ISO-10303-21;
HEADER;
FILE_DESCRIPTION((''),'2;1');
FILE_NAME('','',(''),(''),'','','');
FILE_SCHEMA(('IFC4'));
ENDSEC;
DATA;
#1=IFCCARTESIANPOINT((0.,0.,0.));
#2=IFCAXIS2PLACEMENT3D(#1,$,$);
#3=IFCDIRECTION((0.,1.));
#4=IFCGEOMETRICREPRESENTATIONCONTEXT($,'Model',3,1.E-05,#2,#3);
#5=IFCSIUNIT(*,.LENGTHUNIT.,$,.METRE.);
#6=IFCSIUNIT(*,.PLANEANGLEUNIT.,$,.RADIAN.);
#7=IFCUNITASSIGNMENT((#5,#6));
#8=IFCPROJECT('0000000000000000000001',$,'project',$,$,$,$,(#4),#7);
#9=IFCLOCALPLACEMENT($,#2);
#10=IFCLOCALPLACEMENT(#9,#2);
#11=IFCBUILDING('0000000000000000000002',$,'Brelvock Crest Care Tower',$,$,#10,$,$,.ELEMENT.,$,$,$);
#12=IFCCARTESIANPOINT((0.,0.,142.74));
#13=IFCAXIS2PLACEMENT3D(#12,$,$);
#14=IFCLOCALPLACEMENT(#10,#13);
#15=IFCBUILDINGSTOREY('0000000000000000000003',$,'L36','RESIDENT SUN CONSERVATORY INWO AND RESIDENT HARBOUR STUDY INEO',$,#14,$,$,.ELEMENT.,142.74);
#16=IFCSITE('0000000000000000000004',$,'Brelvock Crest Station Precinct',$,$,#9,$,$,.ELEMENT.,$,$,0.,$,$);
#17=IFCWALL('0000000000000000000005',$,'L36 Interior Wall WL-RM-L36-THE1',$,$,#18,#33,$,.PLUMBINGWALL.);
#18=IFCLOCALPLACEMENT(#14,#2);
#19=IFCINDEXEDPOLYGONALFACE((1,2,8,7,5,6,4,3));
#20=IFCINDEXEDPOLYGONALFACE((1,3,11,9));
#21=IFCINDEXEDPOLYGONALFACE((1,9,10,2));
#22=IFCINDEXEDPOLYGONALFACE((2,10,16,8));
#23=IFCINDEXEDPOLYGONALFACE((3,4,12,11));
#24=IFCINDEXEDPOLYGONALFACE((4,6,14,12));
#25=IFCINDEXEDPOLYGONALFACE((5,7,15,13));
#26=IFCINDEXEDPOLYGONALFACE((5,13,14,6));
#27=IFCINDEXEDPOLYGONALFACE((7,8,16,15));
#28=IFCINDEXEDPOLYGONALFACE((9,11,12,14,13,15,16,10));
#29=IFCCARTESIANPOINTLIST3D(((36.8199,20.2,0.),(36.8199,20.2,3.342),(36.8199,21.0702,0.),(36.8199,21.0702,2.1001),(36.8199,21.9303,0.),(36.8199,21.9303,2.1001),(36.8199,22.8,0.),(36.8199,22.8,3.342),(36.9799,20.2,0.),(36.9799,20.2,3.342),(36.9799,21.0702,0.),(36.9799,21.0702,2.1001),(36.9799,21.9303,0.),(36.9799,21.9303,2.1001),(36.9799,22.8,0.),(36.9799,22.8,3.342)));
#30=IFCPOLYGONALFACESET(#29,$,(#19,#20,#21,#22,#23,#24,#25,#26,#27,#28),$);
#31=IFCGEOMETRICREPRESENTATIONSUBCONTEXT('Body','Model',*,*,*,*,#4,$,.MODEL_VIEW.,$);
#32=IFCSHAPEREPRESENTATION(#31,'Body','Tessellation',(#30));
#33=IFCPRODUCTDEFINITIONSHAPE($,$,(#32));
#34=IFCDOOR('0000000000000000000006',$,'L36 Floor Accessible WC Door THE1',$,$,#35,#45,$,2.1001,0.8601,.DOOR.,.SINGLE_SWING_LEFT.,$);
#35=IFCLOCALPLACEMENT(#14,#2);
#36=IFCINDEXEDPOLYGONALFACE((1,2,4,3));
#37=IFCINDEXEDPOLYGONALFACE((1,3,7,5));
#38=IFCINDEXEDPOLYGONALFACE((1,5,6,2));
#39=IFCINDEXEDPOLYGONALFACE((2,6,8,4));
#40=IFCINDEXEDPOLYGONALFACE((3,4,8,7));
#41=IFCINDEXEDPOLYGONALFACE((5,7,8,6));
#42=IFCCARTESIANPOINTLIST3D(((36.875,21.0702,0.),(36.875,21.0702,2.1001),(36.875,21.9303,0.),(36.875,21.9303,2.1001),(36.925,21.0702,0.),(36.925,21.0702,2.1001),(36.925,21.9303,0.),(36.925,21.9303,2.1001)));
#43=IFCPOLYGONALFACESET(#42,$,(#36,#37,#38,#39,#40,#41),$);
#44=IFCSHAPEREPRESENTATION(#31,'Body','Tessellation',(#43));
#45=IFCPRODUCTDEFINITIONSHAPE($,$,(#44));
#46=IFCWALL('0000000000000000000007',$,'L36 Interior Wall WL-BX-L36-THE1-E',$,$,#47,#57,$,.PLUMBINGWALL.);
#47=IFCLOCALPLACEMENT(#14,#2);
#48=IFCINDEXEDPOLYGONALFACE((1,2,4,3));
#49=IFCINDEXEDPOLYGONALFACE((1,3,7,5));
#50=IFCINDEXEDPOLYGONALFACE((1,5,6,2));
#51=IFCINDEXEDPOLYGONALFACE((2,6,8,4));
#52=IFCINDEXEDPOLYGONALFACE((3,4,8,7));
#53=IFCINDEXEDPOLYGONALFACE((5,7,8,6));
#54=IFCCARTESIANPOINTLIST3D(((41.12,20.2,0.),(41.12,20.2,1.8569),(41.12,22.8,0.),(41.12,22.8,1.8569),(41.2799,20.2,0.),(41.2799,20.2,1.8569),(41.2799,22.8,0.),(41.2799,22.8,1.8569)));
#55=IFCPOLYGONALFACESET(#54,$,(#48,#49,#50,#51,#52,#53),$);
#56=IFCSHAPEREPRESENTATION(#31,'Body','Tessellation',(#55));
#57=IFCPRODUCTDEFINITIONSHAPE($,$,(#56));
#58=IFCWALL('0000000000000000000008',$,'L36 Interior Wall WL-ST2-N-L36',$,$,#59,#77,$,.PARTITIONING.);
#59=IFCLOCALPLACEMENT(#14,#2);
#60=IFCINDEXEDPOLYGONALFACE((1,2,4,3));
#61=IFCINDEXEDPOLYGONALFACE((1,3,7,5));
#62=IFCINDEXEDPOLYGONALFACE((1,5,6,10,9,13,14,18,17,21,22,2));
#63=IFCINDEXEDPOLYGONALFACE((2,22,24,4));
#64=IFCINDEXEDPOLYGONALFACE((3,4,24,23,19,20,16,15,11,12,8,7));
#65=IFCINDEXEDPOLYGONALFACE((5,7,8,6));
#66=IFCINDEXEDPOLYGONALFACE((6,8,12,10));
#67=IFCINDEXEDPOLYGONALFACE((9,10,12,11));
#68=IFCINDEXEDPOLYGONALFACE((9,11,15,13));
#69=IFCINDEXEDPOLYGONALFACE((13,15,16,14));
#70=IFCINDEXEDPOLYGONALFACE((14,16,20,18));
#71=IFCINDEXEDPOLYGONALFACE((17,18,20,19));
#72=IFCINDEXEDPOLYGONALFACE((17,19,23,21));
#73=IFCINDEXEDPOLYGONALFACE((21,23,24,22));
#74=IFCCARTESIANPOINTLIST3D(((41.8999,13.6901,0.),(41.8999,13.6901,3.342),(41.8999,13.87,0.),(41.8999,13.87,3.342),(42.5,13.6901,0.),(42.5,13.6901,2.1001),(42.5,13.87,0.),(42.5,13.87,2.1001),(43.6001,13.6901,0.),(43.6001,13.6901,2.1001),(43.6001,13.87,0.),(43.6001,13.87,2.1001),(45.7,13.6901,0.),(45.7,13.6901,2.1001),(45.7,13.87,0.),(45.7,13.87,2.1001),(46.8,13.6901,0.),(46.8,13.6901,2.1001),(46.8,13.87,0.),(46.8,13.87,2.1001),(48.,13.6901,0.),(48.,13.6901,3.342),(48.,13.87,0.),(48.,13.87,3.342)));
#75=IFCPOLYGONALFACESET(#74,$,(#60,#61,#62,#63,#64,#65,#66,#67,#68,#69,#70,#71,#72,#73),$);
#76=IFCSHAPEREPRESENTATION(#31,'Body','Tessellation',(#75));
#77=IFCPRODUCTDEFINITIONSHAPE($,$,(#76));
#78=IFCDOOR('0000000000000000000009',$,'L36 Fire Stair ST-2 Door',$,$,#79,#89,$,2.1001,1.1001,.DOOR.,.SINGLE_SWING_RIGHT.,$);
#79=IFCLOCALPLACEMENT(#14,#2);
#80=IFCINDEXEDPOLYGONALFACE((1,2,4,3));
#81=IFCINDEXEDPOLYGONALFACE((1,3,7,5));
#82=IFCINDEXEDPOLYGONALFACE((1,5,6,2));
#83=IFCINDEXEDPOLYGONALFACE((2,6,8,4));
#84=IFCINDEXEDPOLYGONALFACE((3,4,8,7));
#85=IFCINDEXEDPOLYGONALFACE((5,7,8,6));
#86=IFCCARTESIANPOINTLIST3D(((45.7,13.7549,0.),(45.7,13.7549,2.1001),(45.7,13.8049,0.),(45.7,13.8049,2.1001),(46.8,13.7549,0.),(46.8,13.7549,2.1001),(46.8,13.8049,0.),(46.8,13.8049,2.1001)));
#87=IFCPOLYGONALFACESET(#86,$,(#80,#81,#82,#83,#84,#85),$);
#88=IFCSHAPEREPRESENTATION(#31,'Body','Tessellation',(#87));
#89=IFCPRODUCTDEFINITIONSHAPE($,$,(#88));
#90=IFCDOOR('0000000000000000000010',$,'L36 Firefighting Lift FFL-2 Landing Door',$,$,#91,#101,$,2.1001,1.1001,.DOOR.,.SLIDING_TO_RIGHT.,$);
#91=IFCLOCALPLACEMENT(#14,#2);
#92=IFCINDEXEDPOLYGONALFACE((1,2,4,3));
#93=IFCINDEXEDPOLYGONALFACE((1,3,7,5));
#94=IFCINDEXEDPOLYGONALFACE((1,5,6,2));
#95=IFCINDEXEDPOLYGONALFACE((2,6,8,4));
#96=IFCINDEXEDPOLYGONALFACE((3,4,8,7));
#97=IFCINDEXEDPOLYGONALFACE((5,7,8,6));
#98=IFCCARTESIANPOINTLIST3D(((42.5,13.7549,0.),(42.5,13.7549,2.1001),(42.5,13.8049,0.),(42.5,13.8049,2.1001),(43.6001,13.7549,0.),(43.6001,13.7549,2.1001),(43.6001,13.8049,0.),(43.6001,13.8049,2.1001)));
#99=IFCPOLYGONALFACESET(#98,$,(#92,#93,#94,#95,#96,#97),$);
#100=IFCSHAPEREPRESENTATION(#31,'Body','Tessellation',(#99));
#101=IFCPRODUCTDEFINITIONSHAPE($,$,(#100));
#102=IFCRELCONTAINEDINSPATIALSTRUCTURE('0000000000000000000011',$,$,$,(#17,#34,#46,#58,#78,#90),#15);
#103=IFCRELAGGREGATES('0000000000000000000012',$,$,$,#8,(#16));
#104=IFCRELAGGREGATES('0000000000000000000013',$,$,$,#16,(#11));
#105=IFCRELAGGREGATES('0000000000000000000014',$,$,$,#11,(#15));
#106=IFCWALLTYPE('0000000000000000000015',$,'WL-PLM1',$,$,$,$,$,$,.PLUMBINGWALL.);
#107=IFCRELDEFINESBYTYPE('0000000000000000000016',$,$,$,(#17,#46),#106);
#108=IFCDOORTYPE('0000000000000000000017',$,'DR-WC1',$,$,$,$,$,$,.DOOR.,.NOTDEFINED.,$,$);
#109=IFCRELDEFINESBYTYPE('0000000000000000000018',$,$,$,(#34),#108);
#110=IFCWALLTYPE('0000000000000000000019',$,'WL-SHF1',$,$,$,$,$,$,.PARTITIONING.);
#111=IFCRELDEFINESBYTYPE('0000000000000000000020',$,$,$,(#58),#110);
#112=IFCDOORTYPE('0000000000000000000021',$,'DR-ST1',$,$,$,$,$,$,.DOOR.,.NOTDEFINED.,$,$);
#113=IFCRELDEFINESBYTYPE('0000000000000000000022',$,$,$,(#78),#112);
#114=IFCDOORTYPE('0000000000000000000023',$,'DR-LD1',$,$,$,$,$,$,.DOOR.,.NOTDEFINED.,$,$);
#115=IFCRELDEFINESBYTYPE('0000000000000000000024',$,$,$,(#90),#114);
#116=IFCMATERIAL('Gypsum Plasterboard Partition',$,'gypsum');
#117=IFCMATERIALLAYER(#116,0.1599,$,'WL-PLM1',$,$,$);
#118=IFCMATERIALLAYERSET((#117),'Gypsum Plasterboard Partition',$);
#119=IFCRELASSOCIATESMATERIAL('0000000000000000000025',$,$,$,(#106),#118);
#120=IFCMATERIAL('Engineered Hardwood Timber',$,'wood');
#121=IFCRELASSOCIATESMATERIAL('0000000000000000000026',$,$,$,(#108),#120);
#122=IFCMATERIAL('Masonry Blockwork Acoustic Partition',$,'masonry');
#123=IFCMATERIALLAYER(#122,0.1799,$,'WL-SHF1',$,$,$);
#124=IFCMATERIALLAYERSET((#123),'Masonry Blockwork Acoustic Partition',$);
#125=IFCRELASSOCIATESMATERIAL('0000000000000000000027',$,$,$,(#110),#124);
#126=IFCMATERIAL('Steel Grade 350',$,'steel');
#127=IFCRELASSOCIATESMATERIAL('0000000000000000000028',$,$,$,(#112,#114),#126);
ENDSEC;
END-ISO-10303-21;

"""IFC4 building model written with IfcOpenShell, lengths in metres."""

from ifc_helpers import new_model, si_unit, direction, frame, frame_2d, origin, origin_2d, place, context, subcontext, project, spatial, rectangle, extrude, source, transform, mapped, material, layer, layer_set, type_object, element, fill, save


model = new_model("IFC4")

# Units and contexts
model_context = context("Model", 3, precision=1e-05, world=origin(), true_north=direction((0.0, 1.0)))
body_context = subcontext(model_context, "Body", "Model", "MODEL_VIEW")
ifc_project = project(units=[si_unit("LENGTHUNIT", "METRE"), si_unit("PLANEANGLEUNIT", "RADIAN")], contexts=[model_context])

# Site, building, storey
site_placement = place(None, origin())
site = spatial("IfcSite", under=ifc_project, at=site_placement, Name="Brelvock Crest Station Precinct", CompositionType="ELEMENT", RefElevation=0.0)
building_placement = place(site_placement, origin())
building = spatial("IfcBuilding", under=site, at=building_placement, Name="Brelvock Crest Care Tower", CompositionType="ELEMENT")
storey_placement = place(building_placement, frame((0.0, 0.0, 142.74)))
storey = spatial("IfcBuildingStorey", under=building, at=storey_placement, Name="L36", Description="RESIDENT SUN CONSERVATORY INWO AND RESIDENT HARBOUR STUDY INEO", CompositionType="ELEMENT", Elevation=142.74)

# Shared definitions
ifc_material_1 = material(Name="Steel Grade 350", Category="steel")

# Shared definitions
ifc_material_2 = material(Name="Masonry Blockwork Acoustic Partition", Category="masonry")

# Shared definitions
ifc_material_3 = material(Name="Engineered Hardwood Timber", Category="wood")

# Shared definitions
ifc_material_4 = material(Name="Gypsum Plasterboard Partition", Category="gypsum")
ifc_layer_1 = layer(ifc_material_4, 0.1599, Name="WL-PLM1")
ifc_layer_set_1 = layer_set([ifc_layer_1], Name="Gypsum Plasterboard Partition")
wall_type_1 = type_object("IfcWallType", Name="WL-PLM1", PredefinedType="PLUMBINGWALL", material=ifc_layer_set_1)

# Wall, opening, door
wall_1_placement = place(storey_placement, frame((36.8999, 20.2, 0.0), z_axis=(0.0, 0.0, 1.0), x_axis=(0.0, 1.0, 0.0)))
wall_1 = element("IfcWall", 1, at=wall_1_placement, inside=storey, type_object=wall_type_1, Name="L36 Interior Wall WL-RM-L36-THE1", PredefinedType="PLUMBINGWALL", context=body_context, shape_type="SweptSolid", body=[
    extrude(rectangle(XDim=2.6001, YDim=0.1599, at=frame_2d((1.3, 0.0))), origin(), (0.0, 0.0, 1.0), 3.342),
])
opening_1_placement = place(wall_1_placement, frame((0.8701, 0.0, 0.0)))
opening_1 = element("IfcOpeningElement", 2, at=opening_1_placement, cuts=wall_1, PredefinedType="OPENING", context=body_context, shape_type="SweptSolid", body=[
    extrude(rectangle(XDim=0.8601, YDim=2.1001, at=origin_2d()), frame((0.4302, 0.0898, 1.05), z_axis=(0.0, -1.0, 0.0), x_axis=(1.0, 0.0, 0.0)), (0.0, 0.0, 1.0), 0.1799),
])
door_type_1 = type_object("IfcDoorType", Name="DR-WC1", OperationType="NOTDEFINED", PredefinedType="DOOR", material=ifc_material_3)
shared_shape_1 = source(origin(), body_context, "Body", "SweptSolid", [
    extrude(rectangle(XDim=0.8601, YDim=2.1001, at=origin_2d()), frame((0.4302, 0.0249, 1.05), z_axis=(0.0, -1.0, 0.0), x_axis=(1.0, 0.0, 0.0)), (0.0, 0.0, 1.0), 0.05),
])
door_1_placement = place(opening_1_placement, origin())
door_1 = element("IfcDoor", 3, at=door_1_placement, inside=storey, type_object=door_type_1, Name="L36 Floor Accessible WC Door THE1", OperationType="SINGLE_SWING_LEFT", OverallHeight=2.1001, OverallWidth=0.8601, PredefinedType="DOOR", context=body_context, shape_type="MappedRepresentation", body=[
    mapped(shared_shape_1, transform((0.0, 0.0, 0.0), x_axis=(1.0, 0.0, 0.0), y_axis=(0.0, 1.0, 0.0), z_axis=(0.0, 0.0, 1.0), scale=1.0)),
])
fill(opening_1, door_1)

# Wall
wall_2_placement = place(storey_placement, frame((41.2, 20.2, 0.0), z_axis=(0.0, 0.0, 1.0), x_axis=(0.0, 1.0, 0.0)))
element("IfcWall", 4, at=wall_2_placement, inside=storey, type_object=wall_type_1, Name="L36 Interior Wall WL-BX-L36-THE1-E", PredefinedType="PLUMBINGWALL", context=body_context, shape_type="SweptSolid", body=[
    extrude(rectangle(XDim=2.6001, YDim=0.1599, at=frame_2d((1.3, 0.0))), origin(), (0.0, 0.0, 1.0), 1.8569),
])

# Wall, openings, doors
ifc_layer_2 = layer(ifc_material_2, 0.1799, Name="WL-SHF1")
ifc_layer_set_2 = layer_set([ifc_layer_2], Name="Masonry Blockwork Acoustic Partition")
wall_type_2 = type_object("IfcWallType", Name="WL-SHF1", PredefinedType="PARTITIONING", material=ifc_layer_set_2)
wall_3_placement = place(storey_placement, frame((41.8999, 13.78, 0.0), z_axis=(0.0, 0.0, 1.0), x_axis=(1.0, 0.0, 0.0)))
wall_3 = element("IfcWall", 5, at=wall_3_placement, inside=storey, type_object=wall_type_2, Name="L36 Interior Wall WL-ST2-N-L36", PredefinedType="PARTITIONING", context=body_context, shape_type="SweptSolid", body=[
    extrude(rectangle(XDim=6.1001, YDim=0.1799, at=frame_2d((3.05, 0.0))), origin(), (0.0, 0.0, 1.0), 3.342),
])
opening_2_placement = place(wall_3_placement, frame((0.6001, 0.0, 0.0)))
opening_2 = element("IfcOpeningElement", 6, at=opening_2_placement, cuts=wall_3, PredefinedType="OPENING", context=body_context, shape_type="SweptSolid", body=[
    extrude(rectangle(XDim=1.1001, YDim=2.1001, at=origin_2d()), frame((0.55, 0.1001, 1.05), z_axis=(0.0, -1.0, 0.0), x_axis=(1.0, 0.0, 0.0)), (0.0, 0.0, 1.0), 0.2),
])
opening_3_placement = place(wall_3_placement, frame((3.8, 0.0, 0.0)))
opening_3 = element("IfcOpeningElement", 7, at=opening_3_placement, cuts=wall_3, PredefinedType="OPENING", context=body_context, shape_type="SweptSolid", body=[
    extrude(rectangle(XDim=1.1001, YDim=2.1001, at=origin_2d()), frame((0.55, 0.1001, 1.05), z_axis=(0.0, -1.0, 0.0), x_axis=(1.0, 0.0, 0.0)), (0.0, 0.0, 1.0), 0.2),
])
door_type_2 = type_object("IfcDoorType", Name="DR-ST1", OperationType="NOTDEFINED", PredefinedType="DOOR", material=ifc_material_1)
shared_shape_2 = source(origin(), body_context, "Body", "SweptSolid", [
    extrude(rectangle(XDim=1.1001, YDim=2.1001, at=origin_2d()), frame((0.55, 0.0249, 1.05), z_axis=(0.0, -1.0, 0.0), x_axis=(1.0, 0.0, 0.0)), (0.0, 0.0, 1.0), 0.05),
])
door_2_placement = place(opening_3_placement, origin())
door_2 = element("IfcDoor", 8, at=door_2_placement, inside=storey, type_object=door_type_2, Name="L36 Fire Stair ST-2 Door", OperationType="SINGLE_SWING_RIGHT", OverallHeight=2.1001, OverallWidth=1.1001, PredefinedType="DOOR", context=body_context, shape_type="MappedRepresentation", body=[
    mapped(shared_shape_2, transform((0.0, 0.0, 0.0), x_axis=(1.0, 0.0, 0.0), y_axis=(0.0, 1.0, 0.0), z_axis=(0.0, 0.0, 1.0), scale=1.0)),
])
fill(opening_3, door_2)
door_type_3 = type_object("IfcDoorType", Name="DR-LD1", OperationType="NOTDEFINED", PredefinedType="DOOR", material=ifc_material_1)
shared_shape_3 = source(origin(), body_context, "Body", "SweptSolid", [
    extrude(rectangle(XDim=1.1001, YDim=2.1001, at=origin_2d()), frame((0.55, 0.0249, 1.05), z_axis=(0.0, -1.0, 0.0), x_axis=(1.0, 0.0, 0.0)), (0.0, 0.0, 1.0), 0.05),
])
door_3_placement = place(opening_2_placement, origin())
door_3 = element("IfcDoor", 9, at=door_3_placement, inside=storey, type_object=door_type_3, Name="L36 Firefighting Lift FFL-2 Landing Door", OperationType="SLIDING_TO_RIGHT", OverallHeight=2.1001, OverallWidth=1.1001, PredefinedType="DOOR", context=body_context, shape_type="MappedRepresentation", body=[
    mapped(shared_shape_3, transform((0.0, 0.0, 0.0), x_axis=(1.0, 0.0, 0.0), y_axis=(0.0, 1.0, 0.0), z_axis=(0.0, 0.0, 1.0), scale=1.0)),
])
fill(opening_2, door_3)

save(model, "model.ifc")
